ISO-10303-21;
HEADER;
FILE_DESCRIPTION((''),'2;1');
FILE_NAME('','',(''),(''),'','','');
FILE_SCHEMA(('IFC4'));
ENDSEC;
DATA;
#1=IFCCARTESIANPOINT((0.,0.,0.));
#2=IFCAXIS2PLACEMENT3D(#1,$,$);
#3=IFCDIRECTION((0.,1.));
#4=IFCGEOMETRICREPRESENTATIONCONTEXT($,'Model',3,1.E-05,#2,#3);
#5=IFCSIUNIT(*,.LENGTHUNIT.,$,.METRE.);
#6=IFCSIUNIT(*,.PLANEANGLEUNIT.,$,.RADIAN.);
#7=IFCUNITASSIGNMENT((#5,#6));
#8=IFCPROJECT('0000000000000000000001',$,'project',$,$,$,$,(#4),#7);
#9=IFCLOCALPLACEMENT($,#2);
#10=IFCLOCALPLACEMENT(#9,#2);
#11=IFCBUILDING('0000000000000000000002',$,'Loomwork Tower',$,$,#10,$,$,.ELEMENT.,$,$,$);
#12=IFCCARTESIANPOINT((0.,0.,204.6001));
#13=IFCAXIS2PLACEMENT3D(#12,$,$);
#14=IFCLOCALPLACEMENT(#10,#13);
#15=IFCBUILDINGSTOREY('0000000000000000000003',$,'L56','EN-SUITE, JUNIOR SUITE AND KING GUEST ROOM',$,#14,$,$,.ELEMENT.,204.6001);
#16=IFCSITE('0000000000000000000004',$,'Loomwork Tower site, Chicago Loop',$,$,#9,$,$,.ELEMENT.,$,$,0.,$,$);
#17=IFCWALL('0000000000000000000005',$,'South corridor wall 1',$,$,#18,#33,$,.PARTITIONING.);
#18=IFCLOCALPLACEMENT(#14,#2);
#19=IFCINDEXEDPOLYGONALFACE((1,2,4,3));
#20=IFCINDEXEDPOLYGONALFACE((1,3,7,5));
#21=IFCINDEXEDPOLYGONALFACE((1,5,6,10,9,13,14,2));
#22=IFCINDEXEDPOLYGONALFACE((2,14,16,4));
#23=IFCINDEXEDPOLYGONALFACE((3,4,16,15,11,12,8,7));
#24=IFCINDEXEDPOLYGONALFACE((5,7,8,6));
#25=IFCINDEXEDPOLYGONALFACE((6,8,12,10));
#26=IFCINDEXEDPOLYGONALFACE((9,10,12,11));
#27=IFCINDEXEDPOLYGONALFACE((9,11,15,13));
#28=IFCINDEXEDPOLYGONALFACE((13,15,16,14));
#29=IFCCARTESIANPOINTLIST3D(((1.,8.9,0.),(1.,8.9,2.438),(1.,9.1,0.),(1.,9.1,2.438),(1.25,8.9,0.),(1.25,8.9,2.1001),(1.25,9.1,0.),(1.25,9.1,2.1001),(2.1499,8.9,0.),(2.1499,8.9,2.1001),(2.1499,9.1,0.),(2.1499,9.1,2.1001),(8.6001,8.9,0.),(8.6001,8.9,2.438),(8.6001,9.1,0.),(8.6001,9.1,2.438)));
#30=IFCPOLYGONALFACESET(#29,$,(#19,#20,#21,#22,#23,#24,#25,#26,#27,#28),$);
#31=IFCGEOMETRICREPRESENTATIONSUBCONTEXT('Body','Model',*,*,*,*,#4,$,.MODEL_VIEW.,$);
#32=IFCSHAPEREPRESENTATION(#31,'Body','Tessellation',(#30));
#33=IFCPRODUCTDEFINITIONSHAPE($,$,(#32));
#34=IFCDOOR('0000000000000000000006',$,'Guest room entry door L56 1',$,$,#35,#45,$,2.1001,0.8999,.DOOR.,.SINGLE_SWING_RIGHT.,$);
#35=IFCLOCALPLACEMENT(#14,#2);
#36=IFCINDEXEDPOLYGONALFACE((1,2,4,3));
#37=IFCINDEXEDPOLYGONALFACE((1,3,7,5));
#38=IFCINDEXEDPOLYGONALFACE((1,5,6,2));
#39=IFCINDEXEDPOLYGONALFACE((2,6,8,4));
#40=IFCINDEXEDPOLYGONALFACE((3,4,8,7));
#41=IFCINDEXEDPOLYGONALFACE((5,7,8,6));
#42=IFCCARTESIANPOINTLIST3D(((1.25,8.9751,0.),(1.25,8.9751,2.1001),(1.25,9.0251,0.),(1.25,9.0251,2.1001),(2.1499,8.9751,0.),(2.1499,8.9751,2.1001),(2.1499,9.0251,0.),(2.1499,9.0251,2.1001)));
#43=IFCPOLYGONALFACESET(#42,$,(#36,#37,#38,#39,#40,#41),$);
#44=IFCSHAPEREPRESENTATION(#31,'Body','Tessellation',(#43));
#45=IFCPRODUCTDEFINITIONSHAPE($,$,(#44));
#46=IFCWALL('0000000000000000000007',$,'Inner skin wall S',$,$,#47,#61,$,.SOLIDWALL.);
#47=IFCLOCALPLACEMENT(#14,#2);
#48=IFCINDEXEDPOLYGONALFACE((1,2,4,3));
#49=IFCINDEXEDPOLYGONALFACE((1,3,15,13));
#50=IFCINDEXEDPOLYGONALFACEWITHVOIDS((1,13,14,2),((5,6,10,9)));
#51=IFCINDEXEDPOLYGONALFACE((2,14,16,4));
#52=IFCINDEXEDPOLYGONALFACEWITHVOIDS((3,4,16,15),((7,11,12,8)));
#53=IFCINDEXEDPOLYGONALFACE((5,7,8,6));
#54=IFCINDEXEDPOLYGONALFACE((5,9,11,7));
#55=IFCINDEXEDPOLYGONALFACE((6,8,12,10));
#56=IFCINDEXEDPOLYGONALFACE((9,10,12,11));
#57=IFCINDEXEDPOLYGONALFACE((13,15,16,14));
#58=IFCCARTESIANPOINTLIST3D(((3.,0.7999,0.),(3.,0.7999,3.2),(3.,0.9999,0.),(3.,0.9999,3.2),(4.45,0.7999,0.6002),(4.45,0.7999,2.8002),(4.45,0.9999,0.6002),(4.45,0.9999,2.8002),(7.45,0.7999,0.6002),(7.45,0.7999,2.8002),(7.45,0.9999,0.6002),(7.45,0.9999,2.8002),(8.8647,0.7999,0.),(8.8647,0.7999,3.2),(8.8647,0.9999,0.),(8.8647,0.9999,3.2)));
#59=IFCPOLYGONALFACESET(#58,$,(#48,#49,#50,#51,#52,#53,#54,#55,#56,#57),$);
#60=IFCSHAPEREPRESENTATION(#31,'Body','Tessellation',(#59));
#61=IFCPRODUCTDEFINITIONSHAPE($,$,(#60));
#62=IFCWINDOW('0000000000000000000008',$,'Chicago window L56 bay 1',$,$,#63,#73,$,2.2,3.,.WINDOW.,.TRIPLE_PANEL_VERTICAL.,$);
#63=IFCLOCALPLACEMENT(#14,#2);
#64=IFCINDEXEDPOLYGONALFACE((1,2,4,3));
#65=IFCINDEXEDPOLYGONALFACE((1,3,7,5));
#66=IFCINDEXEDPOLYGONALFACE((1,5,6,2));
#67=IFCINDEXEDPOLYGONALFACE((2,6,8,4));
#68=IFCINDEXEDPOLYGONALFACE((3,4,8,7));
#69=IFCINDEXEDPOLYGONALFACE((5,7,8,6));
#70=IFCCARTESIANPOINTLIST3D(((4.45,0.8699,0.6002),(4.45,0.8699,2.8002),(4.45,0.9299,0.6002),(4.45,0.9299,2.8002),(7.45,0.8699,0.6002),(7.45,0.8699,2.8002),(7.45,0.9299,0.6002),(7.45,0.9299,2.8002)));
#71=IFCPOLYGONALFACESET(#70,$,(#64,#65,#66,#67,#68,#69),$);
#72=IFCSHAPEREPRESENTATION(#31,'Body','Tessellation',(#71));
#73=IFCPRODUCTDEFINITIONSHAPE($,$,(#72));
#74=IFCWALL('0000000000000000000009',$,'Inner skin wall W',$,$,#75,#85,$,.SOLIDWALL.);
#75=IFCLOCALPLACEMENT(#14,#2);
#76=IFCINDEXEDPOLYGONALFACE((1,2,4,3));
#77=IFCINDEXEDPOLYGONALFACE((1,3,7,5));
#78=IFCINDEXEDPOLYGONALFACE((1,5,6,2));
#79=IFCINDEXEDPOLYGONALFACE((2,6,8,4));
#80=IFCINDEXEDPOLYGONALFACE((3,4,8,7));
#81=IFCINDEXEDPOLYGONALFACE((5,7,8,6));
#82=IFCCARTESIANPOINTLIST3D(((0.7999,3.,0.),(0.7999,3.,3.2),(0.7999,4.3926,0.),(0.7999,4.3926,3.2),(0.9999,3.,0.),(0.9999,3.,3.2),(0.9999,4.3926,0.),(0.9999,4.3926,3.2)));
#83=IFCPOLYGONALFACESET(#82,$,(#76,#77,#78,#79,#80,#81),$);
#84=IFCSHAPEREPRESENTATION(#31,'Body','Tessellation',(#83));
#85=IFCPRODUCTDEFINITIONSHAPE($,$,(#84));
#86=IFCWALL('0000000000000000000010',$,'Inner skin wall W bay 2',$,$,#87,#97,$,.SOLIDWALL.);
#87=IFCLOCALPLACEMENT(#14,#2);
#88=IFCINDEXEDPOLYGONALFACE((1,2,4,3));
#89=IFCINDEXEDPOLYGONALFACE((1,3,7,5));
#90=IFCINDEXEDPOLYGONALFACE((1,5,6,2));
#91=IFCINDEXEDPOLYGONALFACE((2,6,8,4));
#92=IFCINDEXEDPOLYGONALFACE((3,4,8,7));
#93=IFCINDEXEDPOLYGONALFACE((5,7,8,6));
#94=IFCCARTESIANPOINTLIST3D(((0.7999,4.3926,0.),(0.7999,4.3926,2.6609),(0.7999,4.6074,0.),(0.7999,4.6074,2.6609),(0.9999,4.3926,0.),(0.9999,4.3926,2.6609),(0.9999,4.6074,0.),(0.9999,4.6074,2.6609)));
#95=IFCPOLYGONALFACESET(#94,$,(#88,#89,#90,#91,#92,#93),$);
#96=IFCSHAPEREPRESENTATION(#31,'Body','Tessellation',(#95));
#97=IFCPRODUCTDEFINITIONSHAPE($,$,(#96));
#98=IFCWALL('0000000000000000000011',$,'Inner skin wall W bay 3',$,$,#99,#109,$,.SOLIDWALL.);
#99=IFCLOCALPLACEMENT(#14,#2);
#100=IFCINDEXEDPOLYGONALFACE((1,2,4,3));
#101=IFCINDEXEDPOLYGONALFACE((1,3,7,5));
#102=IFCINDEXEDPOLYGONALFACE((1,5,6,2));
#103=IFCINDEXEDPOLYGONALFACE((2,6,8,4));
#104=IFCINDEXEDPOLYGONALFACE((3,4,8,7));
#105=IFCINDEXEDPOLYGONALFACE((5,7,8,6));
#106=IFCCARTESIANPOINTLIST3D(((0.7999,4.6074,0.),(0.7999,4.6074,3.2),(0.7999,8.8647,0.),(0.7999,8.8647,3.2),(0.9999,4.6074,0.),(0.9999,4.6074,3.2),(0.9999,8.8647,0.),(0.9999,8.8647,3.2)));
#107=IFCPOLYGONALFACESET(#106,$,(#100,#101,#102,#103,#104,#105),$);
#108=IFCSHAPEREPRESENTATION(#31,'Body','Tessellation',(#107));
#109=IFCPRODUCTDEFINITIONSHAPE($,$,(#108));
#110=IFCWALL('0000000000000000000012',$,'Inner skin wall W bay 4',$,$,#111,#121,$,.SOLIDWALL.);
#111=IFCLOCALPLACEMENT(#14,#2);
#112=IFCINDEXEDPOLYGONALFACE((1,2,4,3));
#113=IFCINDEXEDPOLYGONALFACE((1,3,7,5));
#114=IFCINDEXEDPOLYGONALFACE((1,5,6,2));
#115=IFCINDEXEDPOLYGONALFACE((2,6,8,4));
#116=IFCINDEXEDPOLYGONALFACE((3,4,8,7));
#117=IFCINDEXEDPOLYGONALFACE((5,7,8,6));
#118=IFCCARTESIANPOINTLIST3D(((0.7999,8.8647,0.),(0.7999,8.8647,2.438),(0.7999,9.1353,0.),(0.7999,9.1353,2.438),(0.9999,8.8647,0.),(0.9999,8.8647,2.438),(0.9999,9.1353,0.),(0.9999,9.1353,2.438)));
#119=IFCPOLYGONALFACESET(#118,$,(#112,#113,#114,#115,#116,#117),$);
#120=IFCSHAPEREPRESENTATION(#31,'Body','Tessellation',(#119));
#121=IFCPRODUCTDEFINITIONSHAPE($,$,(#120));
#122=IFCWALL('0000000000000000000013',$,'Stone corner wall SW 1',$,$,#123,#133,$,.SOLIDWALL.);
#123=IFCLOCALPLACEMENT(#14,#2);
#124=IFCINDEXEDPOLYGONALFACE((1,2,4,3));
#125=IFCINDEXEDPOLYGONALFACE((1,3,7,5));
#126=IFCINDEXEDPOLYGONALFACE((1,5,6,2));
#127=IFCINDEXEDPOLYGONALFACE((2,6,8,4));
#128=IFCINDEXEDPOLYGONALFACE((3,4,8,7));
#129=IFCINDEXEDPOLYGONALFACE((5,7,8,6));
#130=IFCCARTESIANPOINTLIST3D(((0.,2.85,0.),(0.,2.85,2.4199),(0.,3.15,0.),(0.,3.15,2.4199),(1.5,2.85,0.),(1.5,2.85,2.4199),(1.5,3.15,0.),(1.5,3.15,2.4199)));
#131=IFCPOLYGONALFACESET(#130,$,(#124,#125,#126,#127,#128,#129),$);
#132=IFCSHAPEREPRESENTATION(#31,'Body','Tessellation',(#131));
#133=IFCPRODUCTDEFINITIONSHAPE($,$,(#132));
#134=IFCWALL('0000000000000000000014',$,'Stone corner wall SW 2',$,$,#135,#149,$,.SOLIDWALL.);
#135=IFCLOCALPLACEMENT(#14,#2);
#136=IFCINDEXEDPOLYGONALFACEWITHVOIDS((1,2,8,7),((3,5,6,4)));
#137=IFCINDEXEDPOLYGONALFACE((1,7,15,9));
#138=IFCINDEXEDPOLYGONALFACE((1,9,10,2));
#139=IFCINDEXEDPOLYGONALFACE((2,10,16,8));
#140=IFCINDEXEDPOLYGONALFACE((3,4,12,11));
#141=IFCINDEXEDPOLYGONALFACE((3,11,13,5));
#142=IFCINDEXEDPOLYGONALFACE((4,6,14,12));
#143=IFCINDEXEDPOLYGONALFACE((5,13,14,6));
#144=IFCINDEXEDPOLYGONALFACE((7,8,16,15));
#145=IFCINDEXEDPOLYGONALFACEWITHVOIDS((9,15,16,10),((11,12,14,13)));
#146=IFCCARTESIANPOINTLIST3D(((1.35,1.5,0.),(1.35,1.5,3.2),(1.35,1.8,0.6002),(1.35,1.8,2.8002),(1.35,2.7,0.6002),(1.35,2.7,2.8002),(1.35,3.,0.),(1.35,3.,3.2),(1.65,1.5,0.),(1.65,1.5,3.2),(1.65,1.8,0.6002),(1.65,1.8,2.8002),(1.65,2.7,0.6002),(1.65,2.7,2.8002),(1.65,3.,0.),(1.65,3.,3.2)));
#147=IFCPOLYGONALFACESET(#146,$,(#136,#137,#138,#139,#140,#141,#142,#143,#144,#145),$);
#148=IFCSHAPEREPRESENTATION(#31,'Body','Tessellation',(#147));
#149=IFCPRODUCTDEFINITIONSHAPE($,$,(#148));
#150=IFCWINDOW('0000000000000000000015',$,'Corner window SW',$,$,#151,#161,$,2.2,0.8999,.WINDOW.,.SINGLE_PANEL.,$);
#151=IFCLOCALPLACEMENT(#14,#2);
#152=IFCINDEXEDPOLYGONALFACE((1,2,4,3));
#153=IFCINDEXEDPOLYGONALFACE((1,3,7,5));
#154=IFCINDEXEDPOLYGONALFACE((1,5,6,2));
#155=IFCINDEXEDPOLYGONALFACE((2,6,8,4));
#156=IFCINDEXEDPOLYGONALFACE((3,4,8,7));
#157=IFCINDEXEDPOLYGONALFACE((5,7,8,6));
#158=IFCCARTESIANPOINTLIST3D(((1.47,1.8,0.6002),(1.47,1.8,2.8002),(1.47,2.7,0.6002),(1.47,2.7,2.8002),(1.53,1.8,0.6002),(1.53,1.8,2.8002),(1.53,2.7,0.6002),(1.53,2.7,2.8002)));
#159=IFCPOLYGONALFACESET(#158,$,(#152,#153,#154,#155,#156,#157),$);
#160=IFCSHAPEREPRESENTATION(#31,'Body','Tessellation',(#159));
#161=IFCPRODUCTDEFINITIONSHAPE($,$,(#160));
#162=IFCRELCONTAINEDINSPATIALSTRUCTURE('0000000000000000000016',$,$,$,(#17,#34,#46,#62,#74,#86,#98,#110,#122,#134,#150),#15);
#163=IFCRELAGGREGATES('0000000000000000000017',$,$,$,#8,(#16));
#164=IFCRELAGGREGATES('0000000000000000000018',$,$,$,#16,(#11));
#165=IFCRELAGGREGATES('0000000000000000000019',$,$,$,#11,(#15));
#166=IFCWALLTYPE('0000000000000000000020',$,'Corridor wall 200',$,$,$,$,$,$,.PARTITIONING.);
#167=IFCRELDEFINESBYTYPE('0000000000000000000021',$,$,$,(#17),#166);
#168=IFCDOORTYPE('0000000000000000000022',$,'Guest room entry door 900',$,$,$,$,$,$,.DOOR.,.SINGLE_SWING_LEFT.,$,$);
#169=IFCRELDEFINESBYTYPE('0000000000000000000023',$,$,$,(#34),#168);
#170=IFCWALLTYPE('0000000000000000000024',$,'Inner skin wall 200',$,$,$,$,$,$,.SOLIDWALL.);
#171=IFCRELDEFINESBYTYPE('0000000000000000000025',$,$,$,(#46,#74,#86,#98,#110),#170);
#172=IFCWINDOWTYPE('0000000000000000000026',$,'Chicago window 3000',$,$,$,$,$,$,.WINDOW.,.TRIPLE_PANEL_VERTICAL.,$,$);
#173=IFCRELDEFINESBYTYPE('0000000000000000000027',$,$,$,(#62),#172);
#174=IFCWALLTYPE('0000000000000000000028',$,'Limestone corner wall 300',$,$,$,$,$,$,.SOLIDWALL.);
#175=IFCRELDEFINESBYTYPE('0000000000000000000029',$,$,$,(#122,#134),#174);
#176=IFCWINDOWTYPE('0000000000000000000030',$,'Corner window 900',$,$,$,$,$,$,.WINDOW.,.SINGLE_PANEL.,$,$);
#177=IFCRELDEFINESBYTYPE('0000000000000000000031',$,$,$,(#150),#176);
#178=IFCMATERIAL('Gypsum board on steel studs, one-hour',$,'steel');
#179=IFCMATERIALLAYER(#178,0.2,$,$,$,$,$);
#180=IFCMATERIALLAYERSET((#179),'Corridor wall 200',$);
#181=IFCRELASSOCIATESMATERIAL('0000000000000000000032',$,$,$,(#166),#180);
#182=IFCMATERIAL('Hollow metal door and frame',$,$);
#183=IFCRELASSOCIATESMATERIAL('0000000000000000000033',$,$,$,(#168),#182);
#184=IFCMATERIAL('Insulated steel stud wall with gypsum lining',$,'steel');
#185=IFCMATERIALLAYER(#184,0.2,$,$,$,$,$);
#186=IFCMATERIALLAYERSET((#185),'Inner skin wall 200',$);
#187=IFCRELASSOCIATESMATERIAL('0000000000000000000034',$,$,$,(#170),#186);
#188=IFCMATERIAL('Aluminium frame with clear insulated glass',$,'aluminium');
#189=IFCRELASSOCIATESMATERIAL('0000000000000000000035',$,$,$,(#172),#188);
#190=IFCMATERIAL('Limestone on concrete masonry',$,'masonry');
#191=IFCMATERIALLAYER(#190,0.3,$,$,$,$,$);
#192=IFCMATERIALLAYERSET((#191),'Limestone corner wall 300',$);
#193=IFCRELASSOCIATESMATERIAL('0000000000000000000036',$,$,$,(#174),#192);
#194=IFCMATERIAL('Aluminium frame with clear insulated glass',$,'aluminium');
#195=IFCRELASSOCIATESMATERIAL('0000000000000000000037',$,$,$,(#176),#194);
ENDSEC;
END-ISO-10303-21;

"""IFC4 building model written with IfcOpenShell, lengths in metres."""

from ifc_helpers import new_model, si_unit, direction, frame, frame_2d, origin, place, context, subcontext, project, spatial, rectangle, extrude, material, layer, layer_set, type_object, element, fill, save


model = new_model("IFC4")

# Units and contexts
model_context = context("Model", 3, precision=1e-05, world=origin(), true_north=direction((0.0, 1.0)))
body_context = subcontext(model_context, "Body", "Model", "MODEL_VIEW")
ifc_project = project(units=[si_unit("LENGTHUNIT", "METRE"), si_unit("PLANEANGLEUNIT", "RADIAN")], contexts=[model_context])

# Site, building, storey
site_placement = place(None, origin())
site = spatial("IfcSite", under=ifc_project, at=site_placement, Name="Loomwork Tower site, Chicago Loop", CompositionType="ELEMENT", RefElevation=0.0)
building_placement = place(site_placement, origin())
building = spatial("IfcBuilding", under=site, at=building_placement, Name="Loomwork Tower", CompositionType="ELEMENT")
storey_placement = place(building_placement, frame((0.0, 0.0, 204.6001)))
storey = spatial("IfcBuildingStorey", under=building, at=storey_placement, Name="L56", Description="EN-SUITE, JUNIOR SUITE AND KING GUEST ROOM", CompositionType="ELEMENT", Elevation=204.6001)

# Wall, opening, door
ifc_material_1 = material(Name="Gypsum board on steel studs, one-hour", Category="steel")
ifc_layer_1 = layer(ifc_material_1, 0.2)
ifc_layer_set_1 = layer_set([ifc_layer_1], Name="Corridor wall 200")
wall_type_1 = type_object("IfcWallType", Name="Corridor wall 200", PredefinedType="PARTITIONING", material=ifc_layer_set_1)
wall_1_placement = place(storey_placement, frame((1.0, 9.0, 0.0), z_axis=(0.0, 0.0, 1.0), x_axis=(1.0, 0.0, 0.0)))
wall_1 = element("IfcWall", 1, at=wall_1_placement, inside=storey, type_object=wall_type_1, Name="South corridor wall 1", PredefinedType="PARTITIONING", context=body_context, shape_type="SweptSolid", body=[
    extrude(rectangle(XDim=7.6001, YDim=0.2, at=frame_2d((3.8, 0.0))), origin(), (0.0, 0.0, 1.0), 2.438),
])
opening_1_placement = place(wall_1_placement, frame((0.25, 0.0, 0.0)))
opening_1 = element("IfcOpeningElement", 2, at=opening_1_placement, cuts=wall_1, PredefinedType="OPENING", context=body_context, shape_type="SweptSolid", body=[
    extrude(rectangle(XDim=0.8999, YDim=2.1001, at=frame_2d((0.45, 1.05))), frame((0.0, 0.1099, 0.0), z_axis=(0.0, -1.0, 0.0), x_axis=(1.0, 0.0, 0.0)), (0.0, 0.0, 1.0), 0.22),
])
ifc_material_2 = material(Name="Hollow metal door and frame")
door_type = type_object("IfcDoorType", Name="Guest room entry door 900", OperationType="SINGLE_SWING_LEFT", PredefinedType="DOOR", material=ifc_material_2)
door_placement = place(opening_1_placement, frame((0.8999, 0.0, 0.0), z_axis=(0.0, 0.0, 1.0), x_axis=(-1.0, 0.0, 0.0)))
door = element("IfcDoor", 3, at=door_placement, inside=storey, type_object=door_type, Name="Guest room entry door L56 1", OperationType="SINGLE_SWING_RIGHT", OverallHeight=2.1001, OverallWidth=0.8999, PredefinedType="DOOR", context=body_context, shape_type="SweptSolid", body=[
    extrude(rectangle(XDim=0.8999, YDim=2.1001, at=frame_2d((0.45, 1.05))), frame((0.0, 0.0249, 0.0), z_axis=(0.0, -1.0, 0.0), x_axis=(1.0, 0.0, 0.0)), (0.0, 0.0, 1.0), 0.05),
])
fill(opening_1, door)

# Wall, opening, window
ifc_material_3 = material(Name="Insulated steel stud wall with gypsum lining", Category="steel")
ifc_layer_2 = layer(ifc_material_3, 0.2)
ifc_layer_set_2 = layer_set([ifc_layer_2], Name="Inner skin wall 200")
wall_type_2 = type_object("IfcWallType", Name="Inner skin wall 200", PredefinedType="SOLIDWALL", material=ifc_layer_set_2)
wall_2_placement = place(storey_placement, frame((3.0, 0.8999, 0.0), z_axis=(0.0, 0.0, 1.0), x_axis=(1.0, 0.0, 0.0)))
wall_2 = element("IfcWall", 4, at=wall_2_placement, inside=storey, type_object=wall_type_2, Name="Inner skin wall S", PredefinedType="SOLIDWALL", context=body_context, shape_type="SweptSolid", body=[
    extrude(rectangle(XDim=5.8647, YDim=0.2, at=frame_2d((2.9324, 0.0))), origin(), (0.0, 0.0, 1.0), 3.2),
])
opening_2_placement = place(wall_2_placement, frame((1.45, 0.0, 0.6001)))
opening_2 = element("IfcOpeningElement", 5, at=opening_2_placement, cuts=wall_2, PredefinedType="OPENING", context=body_context, shape_type="SweptSolid", body=[
    extrude(rectangle(XDim=3.0, YDim=2.2, at=frame_2d((1.5, 1.1001))), frame((0.0, 0.1099, 0.0), z_axis=(0.0, -1.0, 0.0), x_axis=(1.0, 0.0, 0.0)), (0.0, 0.0, 1.0), 0.22),
])
ifc_material_4 = material(Name="Aluminium frame with clear insulated glass", Category="aluminium")
window_type_1 = type_object("IfcWindowType", Name="Chicago window 3000", PartitioningType="TRIPLE_PANEL_VERTICAL", PredefinedType="WINDOW", material=ifc_material_4)
window_1_placement = place(opening_2_placement, origin())
window_1 = element("IfcWindow", 6, at=window_1_placement, inside=storey, type_object=window_type_1, Name="Chicago window L56 bay 1", OverallHeight=2.2, OverallWidth=3.0, PartitioningType="TRIPLE_PANEL_VERTICAL", PredefinedType="WINDOW", context=body_context, shape_type="SweptSolid", body=[
    extrude(rectangle(XDim=3.0, YDim=2.2, at=frame_2d((1.5, 1.1001))), frame((0.0, 0.03, 0.0), z_axis=(0.0, -1.0, 0.0), x_axis=(1.0, 0.0, 0.0)), (0.0, 0.0, 1.0), 0.0601),
])
fill(opening_2, window_1)

# Walls
wall_3_placement = place(storey_placement, frame((0.8999, 3.0, 0.0), z_axis=(0.0, 0.0, 1.0), x_axis=(0.0, 1.0, 0.0)))
element("IfcWall", 7, at=wall_3_placement, inside=storey, type_object=wall_type_2, Name="Inner skin wall W", PredefinedType="SOLIDWALL", context=body_context, shape_type="SweptSolid", body=[
    extrude(rectangle(XDim=1.3926, YDim=0.2, at=frame_2d((0.6963, 0.0))), origin(), (0.0, 0.0, 1.0), 3.2),
])
wall_4_placement = place(storey_placement, frame((0.8999, 4.3926, 0.0), z_axis=(0.0, 0.0, 1.0), x_axis=(0.0, 1.0, 0.0)))
element("IfcWall", 8, at=wall_4_placement, inside=storey, type_object=wall_type_2, Name="Inner skin wall W bay 2", PredefinedType="SOLIDWALL", context=body_context, shape_type="SweptSolid", body=[
    extrude(rectangle(XDim=0.2148, YDim=0.2, at=frame_2d((0.1074, 0.0))), origin(), (0.0, 0.0, 1.0), 2.6609),
])
wall_5_placement = place(storey_placement, frame((0.8999, 4.6074, 0.0), z_axis=(0.0, 0.0, 1.0), x_axis=(0.0, 1.0, 0.0)))
element("IfcWall", 9, at=wall_5_placement, inside=storey, type_object=wall_type_2, Name="Inner skin wall W bay 3", PredefinedType="SOLIDWALL", context=body_context, shape_type="SweptSolid", body=[
    extrude(rectangle(XDim=4.2573, YDim=0.2, at=frame_2d((2.1287, 0.0))), origin(), (0.0, 0.0, 1.0), 3.2),
])
wall_6_placement = place(storey_placement, frame((0.8999, 8.8647, 0.0), z_axis=(0.0, 0.0, 1.0), x_axis=(0.0, 1.0, 0.0)))
element("IfcWall", 10, at=wall_6_placement, inside=storey, type_object=wall_type_2, Name="Inner skin wall W bay 4", PredefinedType="SOLIDWALL", context=body_context, shape_type="SweptSolid", body=[
    extrude(rectangle(XDim=0.2705, YDim=0.2, at=frame_2d((0.1353, 0.0))), origin(), (0.0, 0.0, 1.0), 2.438),
])
ifc_material_5 = material(Name="Limestone on concrete masonry", Category="masonry")
ifc_layer_3 = layer(ifc_material_5, 0.3)
ifc_layer_set_3 = layer_set([ifc_layer_3], Name="Limestone corner wall 300")
wall_type_3 = type_object("IfcWallType", Name="Limestone corner wall 300", PredefinedType="SOLIDWALL", material=ifc_layer_set_3)
wall_7_placement = place(storey_placement, frame((0.0, 3.0, 0.0), z_axis=(0.0, 0.0, 1.0), x_axis=(1.0, 0.0, 0.0)))
element("IfcWall", 11, at=wall_7_placement, inside=storey, type_object=wall_type_3, Name="Stone corner wall SW 1", PredefinedType="SOLIDWALL", context=body_context, shape_type="SweptSolid", body=[
    extrude(rectangle(XDim=1.5, YDim=0.3, at=frame_2d((0.75, 0.0))), origin(), (0.0, 0.0, 1.0), 2.4199),
])

# Wall, opening, window
wall_8_placement = place(storey_placement, frame((1.5, 3.0, 0.0), z_axis=(0.0, 0.0, 1.0), x_axis=(0.0, -1.0, 0.0)))
wall_8 = element("IfcWall", 12, at=wall_8_placement, inside=storey, type_object=wall_type_3, Name="Stone corner wall SW 2", PredefinedType="SOLIDWALL", context=body_context, shape_type="SweptSolid", body=[
    extrude(rectangle(XDim=1.5, YDim=0.3, at=frame_2d((0.75, 0.0))), origin(), (0.0, 0.0, 1.0), 3.2),
])
opening_3_placement = place(wall_8_placement, frame((0.3, 0.0, 0.6001)))
opening_3 = element("IfcOpeningElement", 13, at=opening_3_placement, cuts=wall_8, PredefinedType="OPENING", context=body_context, shape_type="SweptSolid", body=[
    extrude(rectangle(XDim=0.8999, YDim=2.2, at=frame_2d((0.45, 1.1001))), frame((0.0, 0.1599, 0.0), z_axis=(0.0, -1.0, 0.0), x_axis=(1.0, 0.0, 0.0)), (0.0, 0.0, 1.0), 0.3201),
])
ifc_material_6 = material(Name="Aluminium frame with clear insulated glass", Category="aluminium")
window_type_2 = type_object("IfcWindowType", Name="Corner window 900", PartitioningType="SINGLE_PANEL", PredefinedType="WINDOW", material=ifc_material_6)
window_2_placement = place(opening_3_placement, origin())
window_2 = element("IfcWindow", 14, at=window_2_placement, inside=storey, type_object=window_type_2, Name="Corner window SW", OverallHeight=2.2, OverallWidth=0.8999, PartitioningType="SINGLE_PANEL", PredefinedType="WINDOW", context=body_context, shape_type="SweptSolid", body=[
    extrude(rectangle(XDim=0.8999, YDim=2.2, at=frame_2d((0.45, 1.1001))), frame((0.0, 0.03, 0.0), z_axis=(0.0, -1.0, 0.0), x_axis=(1.0, 0.0, 0.0)), (0.0, 0.0, 1.0), 0.0601),
])
fill(opening_3, window_2)

save(model, "model.ifc")
